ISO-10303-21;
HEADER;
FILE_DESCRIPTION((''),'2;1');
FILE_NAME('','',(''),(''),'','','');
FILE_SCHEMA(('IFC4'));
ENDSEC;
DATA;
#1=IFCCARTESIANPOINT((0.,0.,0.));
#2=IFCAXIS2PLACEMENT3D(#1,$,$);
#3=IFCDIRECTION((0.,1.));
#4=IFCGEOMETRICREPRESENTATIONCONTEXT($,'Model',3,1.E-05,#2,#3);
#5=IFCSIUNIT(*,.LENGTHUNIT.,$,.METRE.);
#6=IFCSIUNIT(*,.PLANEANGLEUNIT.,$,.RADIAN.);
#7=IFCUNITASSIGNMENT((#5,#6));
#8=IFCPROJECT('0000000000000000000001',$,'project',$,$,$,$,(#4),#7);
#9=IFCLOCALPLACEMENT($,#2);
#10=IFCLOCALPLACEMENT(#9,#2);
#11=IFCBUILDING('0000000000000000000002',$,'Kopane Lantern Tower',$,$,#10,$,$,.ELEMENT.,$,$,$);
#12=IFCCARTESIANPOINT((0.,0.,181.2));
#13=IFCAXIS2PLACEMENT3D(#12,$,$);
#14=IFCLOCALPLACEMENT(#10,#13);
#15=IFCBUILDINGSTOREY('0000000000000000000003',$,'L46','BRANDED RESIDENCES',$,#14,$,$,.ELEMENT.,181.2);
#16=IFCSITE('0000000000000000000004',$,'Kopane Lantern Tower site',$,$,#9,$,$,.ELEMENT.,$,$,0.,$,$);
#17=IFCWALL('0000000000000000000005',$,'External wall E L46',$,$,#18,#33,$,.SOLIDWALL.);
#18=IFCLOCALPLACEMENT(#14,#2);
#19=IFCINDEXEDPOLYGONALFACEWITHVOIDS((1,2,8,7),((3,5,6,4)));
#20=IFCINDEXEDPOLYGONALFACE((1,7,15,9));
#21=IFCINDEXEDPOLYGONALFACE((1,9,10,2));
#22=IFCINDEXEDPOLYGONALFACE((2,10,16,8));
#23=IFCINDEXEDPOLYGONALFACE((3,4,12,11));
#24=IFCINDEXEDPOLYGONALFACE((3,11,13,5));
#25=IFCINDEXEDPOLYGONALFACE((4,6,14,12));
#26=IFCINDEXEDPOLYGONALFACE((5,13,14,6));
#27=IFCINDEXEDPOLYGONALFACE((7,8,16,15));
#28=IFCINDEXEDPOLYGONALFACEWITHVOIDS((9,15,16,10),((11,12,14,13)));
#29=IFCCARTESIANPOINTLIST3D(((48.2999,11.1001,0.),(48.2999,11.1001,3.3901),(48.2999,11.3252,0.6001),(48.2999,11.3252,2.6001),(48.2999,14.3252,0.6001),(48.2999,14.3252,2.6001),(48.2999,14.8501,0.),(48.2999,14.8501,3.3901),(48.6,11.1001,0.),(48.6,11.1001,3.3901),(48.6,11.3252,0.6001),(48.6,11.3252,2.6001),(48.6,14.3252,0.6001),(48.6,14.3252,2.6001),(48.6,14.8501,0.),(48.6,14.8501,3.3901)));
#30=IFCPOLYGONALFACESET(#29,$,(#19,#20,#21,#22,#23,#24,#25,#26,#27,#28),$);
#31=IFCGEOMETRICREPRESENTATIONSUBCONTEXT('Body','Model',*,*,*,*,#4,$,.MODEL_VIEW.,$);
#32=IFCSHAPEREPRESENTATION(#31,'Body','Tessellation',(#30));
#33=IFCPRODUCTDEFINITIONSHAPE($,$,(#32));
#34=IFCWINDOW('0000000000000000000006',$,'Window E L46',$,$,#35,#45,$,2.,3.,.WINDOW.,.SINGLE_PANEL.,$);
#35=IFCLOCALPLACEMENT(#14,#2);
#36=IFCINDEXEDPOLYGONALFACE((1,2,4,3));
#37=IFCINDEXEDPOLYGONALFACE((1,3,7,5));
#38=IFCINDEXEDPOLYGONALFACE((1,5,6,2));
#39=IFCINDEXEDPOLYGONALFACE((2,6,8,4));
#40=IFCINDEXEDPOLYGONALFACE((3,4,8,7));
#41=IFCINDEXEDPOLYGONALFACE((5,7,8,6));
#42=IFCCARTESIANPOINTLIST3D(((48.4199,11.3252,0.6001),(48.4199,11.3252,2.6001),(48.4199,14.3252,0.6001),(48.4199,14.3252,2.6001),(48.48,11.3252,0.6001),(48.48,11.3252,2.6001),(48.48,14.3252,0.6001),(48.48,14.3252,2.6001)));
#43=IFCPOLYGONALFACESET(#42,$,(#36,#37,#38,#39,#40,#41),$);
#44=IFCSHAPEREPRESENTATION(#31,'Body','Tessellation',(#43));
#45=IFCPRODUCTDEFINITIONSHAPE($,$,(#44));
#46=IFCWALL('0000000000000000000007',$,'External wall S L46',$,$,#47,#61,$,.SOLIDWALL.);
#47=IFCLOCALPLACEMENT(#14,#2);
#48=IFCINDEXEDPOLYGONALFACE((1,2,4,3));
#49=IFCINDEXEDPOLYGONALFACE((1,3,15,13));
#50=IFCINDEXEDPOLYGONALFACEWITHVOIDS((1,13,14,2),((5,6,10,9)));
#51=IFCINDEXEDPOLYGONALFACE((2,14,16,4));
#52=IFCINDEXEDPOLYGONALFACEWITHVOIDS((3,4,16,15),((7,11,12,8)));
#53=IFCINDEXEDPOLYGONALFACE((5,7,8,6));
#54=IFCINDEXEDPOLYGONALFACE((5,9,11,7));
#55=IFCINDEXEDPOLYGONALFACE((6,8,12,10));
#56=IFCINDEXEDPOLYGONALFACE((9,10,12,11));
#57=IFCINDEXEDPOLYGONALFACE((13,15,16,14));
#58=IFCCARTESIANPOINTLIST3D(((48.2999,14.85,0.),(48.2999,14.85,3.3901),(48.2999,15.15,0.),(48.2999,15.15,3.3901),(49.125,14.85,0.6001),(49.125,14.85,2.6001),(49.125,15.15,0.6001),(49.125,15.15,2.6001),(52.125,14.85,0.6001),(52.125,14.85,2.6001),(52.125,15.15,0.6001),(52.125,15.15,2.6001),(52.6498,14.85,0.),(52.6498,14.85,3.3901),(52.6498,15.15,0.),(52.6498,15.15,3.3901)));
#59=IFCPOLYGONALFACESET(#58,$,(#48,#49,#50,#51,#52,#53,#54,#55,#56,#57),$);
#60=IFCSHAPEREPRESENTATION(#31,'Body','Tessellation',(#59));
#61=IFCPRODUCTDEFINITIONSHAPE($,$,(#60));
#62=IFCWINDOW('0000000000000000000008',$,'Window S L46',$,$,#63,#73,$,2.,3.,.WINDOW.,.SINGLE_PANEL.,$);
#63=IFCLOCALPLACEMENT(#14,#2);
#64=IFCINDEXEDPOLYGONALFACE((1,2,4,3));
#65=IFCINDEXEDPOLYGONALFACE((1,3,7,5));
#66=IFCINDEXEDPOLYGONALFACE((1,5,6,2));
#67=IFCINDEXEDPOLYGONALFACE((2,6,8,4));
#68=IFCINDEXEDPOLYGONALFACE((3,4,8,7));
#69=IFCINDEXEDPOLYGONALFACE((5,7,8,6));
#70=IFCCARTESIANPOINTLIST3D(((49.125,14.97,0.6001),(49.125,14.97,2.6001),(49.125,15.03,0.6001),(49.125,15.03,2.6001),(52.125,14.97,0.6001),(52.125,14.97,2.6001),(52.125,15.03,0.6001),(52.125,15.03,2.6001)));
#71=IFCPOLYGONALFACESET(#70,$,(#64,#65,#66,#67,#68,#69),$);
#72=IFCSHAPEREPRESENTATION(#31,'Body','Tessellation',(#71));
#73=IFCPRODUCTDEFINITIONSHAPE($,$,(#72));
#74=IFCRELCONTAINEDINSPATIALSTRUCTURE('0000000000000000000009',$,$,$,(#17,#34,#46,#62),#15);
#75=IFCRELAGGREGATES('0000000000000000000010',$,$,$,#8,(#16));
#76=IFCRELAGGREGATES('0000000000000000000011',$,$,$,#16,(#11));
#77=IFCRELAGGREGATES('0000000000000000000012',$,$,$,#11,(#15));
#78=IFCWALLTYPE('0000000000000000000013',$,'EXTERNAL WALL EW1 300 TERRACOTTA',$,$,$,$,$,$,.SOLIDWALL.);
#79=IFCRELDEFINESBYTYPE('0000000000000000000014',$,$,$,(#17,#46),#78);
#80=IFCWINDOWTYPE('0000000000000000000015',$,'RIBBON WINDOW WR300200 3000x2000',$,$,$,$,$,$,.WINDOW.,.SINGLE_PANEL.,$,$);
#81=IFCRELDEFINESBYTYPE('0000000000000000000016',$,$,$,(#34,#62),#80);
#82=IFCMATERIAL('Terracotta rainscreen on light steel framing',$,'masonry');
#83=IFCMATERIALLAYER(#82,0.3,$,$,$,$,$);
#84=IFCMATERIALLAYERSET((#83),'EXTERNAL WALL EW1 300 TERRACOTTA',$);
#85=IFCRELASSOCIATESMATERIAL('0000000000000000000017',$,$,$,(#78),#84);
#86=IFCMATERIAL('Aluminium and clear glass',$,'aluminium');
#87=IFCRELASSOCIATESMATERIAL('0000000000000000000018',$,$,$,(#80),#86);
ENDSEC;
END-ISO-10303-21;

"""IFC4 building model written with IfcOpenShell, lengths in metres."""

from ifc_helpers import new_model, si_unit, direction, frame, frame_2d, origin, place, context, subcontext, project, spatial, rectangle, extrude, material, layer, layer_set, type_object, element, fill, save


model = new_model("IFC4")

# Units and contexts
model_context = context("Model", 3, precision=1e-05, world=origin(), true_north=direction((0.0, 1.0)))
body_context = subcontext(model_context, "Body", "Model", "MODEL_VIEW")
ifc_project = project(units=[si_unit("LENGTHUNIT", "METRE"), si_unit("PLANEANGLEUNIT", "RADIAN")], contexts=[model_context])

# Site, building, storey
site_placement = place(None, origin())
site = spatial("IfcSite", under=ifc_project, at=site_placement, Name="Kopane Lantern Tower site", CompositionType="ELEMENT", RefElevation=0.0)
building_placement = place(site_placement, origin())
building = spatial("IfcBuilding", under=site, at=building_placement, Name="Kopane Lantern Tower", CompositionType="ELEMENT")
storey_placement = place(building_placement, frame((0.0, 0.0, 181.2)))
storey = spatial("IfcBuildingStorey", under=building, at=storey_placement, Name="L46", Description="BRANDED RESIDENCES", CompositionType="ELEMENT", Elevation=181.2)

# Walls, openings, windows
ifc_material_1 = material(Name="Terracotta rainscreen on light steel framing", Category="masonry")
ifc_layer_1 = layer(ifc_material_1, 0.3)
ifc_layer_set_1 = layer_set([ifc_layer_1], Name="EXTERNAL WALL EW1 300 TERRACOTTA")
wall_type_1 = type_object("IfcWallType", Name="EXTERNAL WALL EW1 300 TERRACOTTA", PredefinedType="SOLIDWALL", material=ifc_layer_set_1)
wall_1_placement = place(storey_placement, frame((48.45, 11.1001, 0.0), z_axis=(0.0, 0.0, 1.0), x_axis=(0.0, 1.0, 0.0)))
wall_1 = element("IfcWall", 1, at=wall_1_placement, inside=storey, type_object=wall_type_1, Name="External wall E L46", PredefinedType="SOLIDWALL", context=body_context, shape_type="SweptSolid", body=[
    extrude(rectangle(XDim=3.75, YDim=0.3, at=frame_2d((1.875, 0.0))), origin(), (0.0, 0.0, 1.0), 3.3901),
])
opening_1_placement = place(wall_1_placement, frame((0.2251, 0.0, 0.6001)))
opening_1 = element("IfcOpeningElement", 2, at=opening_1_placement, cuts=wall_1, PredefinedType="OPENING", context=body_context, shape_type="SweptSolid", body=[
    extrude(rectangle(XDim=3.0, YDim=2.0, at=frame_2d((1.5, 1.0))), frame((0.0, 0.1599, 0.0), z_axis=(0.0, -1.0, 0.0), x_axis=(1.0, 0.0, 0.0)), (0.0, 0.0, 1.0), 0.3201),
])
ifc_material_2 = material(Name="Aluminium and clear glass", Category="aluminium")
window_type = type_object("IfcWindowType", Name="RIBBON WINDOW WR300200 3000x2000", PartitioningType="SINGLE_PANEL", PredefinedType="WINDOW", material=ifc_material_2)
window_1_placement = place(opening_1_placement, origin())
window_1 = element("IfcWindow", 3, at=window_1_placement, inside=storey, type_object=window_type, Name="Window E L46", OverallHeight=2.0, OverallWidth=3.0, PartitioningType="SINGLE_PANEL", PredefinedType="WINDOW", context=body_context, shape_type="SweptSolid", body=[
    extrude(rectangle(XDim=3.0, YDim=2.0, at=frame_2d((1.5, 1.0))), frame((0.0, 0.03, 0.0), z_axis=(0.0, -1.0, 0.0), x_axis=(1.0, 0.0, 0.0)), (0.0, 0.0, 1.0), 0.0601),
])
fill(opening_1, window_1)
wall_2_placement = place(storey_placement, frame((48.3, 15.0, 0.0), z_axis=(0.0, 0.0, 1.0), x_axis=(1.0, 0.0, 0.0)))
wall_2 = element("IfcWall", 4, at=wall_2_placement, inside=storey, type_object=wall_type_1, Name="External wall S L46", PredefinedType="SOLIDWALL", context=body_context, shape_type="SweptSolid", body=[
    extrude(rectangle(XDim=4.3499, YDim=0.3, at=frame_2d((2.1748, 0.0))), origin(), (0.0, 0.0, 1.0), 3.3901),
])
opening_2_placement = place(wall_2_placement, frame((0.825, 0.0, 0.6001)))
opening_2 = element("IfcOpeningElement", 5, at=opening_2_placement, cuts=wall_2, PredefinedType="OPENING", context=body_context, shape_type="SweptSolid", body=[
    extrude(rectangle(XDim=3.0, YDim=2.0, at=frame_2d((1.5, 1.0))), frame((0.0, 0.1599, 0.0), z_axis=(0.0, -1.0, 0.0), x_axis=(1.0, 0.0, 0.0)), (0.0, 0.0, 1.0), 0.3201),
])
window_2_placement = place(opening_2_placement, origin())
window_2 = element("IfcWindow", 6, at=window_2_placement, inside=storey, type_object=window_type, Name="Window S L46", OverallHeight=2.0, OverallWidth=3.0, PartitioningType="SINGLE_PANEL", PredefinedType="WINDOW", context=body_context, shape_type="SweptSolid", body=[
    extrude(rectangle(XDim=3.0, YDim=2.0, at=frame_2d((1.5, 1.0))), frame((0.0, 0.03, 0.0), z_axis=(0.0, -1.0, 0.0), x_axis=(1.0, 0.0, 0.0)), (0.0, 0.0, 1.0), 0.0601),
])
fill(opening_2, window_2)

save(model, "model.ifc")
